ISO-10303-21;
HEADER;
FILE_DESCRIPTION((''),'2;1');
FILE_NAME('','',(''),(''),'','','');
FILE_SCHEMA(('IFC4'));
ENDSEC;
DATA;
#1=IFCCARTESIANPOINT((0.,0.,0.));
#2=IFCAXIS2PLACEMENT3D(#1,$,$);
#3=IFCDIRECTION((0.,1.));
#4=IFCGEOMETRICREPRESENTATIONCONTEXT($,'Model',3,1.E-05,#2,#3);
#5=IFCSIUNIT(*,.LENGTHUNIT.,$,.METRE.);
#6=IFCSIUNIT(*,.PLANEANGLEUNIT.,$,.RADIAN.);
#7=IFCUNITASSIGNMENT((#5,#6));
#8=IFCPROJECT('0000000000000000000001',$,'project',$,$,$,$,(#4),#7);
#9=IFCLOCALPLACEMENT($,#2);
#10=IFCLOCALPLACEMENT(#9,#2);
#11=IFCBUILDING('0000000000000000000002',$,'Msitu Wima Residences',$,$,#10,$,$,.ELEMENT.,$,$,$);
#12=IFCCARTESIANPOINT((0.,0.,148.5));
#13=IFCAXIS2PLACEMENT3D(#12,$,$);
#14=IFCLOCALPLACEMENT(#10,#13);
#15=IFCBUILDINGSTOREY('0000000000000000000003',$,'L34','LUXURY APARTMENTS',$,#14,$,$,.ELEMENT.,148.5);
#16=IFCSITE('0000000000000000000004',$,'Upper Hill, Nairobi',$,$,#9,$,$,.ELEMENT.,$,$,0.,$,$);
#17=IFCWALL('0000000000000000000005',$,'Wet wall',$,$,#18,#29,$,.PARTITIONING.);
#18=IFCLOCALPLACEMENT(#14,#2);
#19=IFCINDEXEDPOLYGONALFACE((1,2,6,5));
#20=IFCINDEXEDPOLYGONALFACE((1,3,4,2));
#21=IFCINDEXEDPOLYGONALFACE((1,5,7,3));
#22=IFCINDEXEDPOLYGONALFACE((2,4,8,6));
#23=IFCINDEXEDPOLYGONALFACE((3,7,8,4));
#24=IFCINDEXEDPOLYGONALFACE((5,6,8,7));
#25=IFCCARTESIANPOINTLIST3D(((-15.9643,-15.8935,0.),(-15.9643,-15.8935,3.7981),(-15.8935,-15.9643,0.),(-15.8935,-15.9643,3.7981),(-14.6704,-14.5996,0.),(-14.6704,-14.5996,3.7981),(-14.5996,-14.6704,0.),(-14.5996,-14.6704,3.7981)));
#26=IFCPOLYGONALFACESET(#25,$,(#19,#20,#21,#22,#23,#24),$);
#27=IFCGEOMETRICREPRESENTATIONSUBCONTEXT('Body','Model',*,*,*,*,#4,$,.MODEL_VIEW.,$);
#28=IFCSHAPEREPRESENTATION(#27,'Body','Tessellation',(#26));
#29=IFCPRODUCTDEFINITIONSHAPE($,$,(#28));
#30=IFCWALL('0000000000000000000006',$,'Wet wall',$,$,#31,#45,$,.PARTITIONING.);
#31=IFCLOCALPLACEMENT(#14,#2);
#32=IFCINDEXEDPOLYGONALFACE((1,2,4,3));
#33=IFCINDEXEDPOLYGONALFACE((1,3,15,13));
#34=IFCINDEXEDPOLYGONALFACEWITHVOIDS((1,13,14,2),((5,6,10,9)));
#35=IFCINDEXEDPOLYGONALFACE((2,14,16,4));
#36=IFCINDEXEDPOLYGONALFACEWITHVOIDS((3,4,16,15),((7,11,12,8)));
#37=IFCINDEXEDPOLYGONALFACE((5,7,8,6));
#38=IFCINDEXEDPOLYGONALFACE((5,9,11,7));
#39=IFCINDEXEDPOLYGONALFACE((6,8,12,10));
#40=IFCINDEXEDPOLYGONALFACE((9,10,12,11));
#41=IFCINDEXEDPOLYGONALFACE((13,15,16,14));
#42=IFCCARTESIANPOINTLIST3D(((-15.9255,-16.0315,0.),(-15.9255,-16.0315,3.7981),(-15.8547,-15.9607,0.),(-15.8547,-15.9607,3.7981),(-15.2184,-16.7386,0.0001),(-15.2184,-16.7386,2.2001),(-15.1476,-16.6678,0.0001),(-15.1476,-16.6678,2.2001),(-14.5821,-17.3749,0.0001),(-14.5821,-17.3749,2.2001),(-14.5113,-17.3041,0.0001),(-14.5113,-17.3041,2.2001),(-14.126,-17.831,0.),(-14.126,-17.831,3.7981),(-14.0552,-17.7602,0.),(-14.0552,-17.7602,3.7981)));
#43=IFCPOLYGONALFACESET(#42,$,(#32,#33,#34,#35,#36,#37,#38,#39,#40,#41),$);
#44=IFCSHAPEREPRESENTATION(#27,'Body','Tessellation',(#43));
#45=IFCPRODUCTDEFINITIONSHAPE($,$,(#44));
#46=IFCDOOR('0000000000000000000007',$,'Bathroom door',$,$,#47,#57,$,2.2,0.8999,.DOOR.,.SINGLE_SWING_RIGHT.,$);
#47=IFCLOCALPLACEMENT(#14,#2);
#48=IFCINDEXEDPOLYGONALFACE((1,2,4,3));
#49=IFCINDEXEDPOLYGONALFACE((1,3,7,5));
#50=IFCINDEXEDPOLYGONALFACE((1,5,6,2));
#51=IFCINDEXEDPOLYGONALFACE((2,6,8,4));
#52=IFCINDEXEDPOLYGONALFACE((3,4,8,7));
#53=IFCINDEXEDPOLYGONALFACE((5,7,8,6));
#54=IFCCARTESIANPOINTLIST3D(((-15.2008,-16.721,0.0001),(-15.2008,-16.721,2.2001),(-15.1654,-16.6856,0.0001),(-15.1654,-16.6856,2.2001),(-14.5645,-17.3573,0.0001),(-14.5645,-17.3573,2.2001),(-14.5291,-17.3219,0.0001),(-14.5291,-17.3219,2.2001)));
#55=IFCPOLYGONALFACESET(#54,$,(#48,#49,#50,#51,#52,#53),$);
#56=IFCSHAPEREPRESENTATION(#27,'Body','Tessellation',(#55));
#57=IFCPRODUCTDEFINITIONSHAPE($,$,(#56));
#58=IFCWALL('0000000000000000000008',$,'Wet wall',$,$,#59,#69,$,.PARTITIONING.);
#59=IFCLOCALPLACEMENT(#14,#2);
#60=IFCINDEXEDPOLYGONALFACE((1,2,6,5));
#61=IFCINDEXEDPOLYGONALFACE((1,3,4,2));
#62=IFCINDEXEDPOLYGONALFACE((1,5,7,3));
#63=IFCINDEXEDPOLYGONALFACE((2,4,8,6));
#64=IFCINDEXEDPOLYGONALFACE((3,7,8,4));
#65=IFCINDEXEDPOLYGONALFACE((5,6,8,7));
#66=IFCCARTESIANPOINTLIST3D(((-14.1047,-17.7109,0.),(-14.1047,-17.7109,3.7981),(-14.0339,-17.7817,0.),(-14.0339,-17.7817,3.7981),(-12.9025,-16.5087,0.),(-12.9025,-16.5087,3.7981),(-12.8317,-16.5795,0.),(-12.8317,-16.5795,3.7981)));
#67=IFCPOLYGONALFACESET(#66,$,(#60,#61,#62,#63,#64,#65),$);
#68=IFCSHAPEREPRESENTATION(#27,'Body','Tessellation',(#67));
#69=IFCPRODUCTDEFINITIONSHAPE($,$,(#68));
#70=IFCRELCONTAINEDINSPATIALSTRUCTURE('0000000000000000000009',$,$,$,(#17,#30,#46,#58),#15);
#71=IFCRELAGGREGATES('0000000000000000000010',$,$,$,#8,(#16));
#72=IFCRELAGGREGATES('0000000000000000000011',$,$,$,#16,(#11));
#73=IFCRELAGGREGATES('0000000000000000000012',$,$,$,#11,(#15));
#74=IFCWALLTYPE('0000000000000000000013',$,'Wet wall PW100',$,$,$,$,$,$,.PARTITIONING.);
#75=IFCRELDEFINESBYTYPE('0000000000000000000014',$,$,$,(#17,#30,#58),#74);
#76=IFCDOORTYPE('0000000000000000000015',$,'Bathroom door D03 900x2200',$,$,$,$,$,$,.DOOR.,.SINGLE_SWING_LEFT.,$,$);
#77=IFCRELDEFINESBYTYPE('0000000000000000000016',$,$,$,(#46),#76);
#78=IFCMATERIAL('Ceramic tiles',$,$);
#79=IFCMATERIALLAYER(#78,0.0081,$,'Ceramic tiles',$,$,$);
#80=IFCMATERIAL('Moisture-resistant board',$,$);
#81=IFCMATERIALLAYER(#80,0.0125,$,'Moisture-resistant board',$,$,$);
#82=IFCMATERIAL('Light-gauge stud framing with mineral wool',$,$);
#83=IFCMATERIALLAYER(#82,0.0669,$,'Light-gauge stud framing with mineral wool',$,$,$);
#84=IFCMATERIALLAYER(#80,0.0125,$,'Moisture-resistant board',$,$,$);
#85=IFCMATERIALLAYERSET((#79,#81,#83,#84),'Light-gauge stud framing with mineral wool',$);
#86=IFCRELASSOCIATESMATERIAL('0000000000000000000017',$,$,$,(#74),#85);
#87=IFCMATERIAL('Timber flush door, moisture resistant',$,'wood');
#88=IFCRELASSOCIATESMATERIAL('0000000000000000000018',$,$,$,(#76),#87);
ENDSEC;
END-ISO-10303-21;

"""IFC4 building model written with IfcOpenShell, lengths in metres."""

from ifc_helpers import new_model, si_unit, direction, frame, frame_2d, origin, place, context, subcontext, project, spatial, rectangle, extrude, material, layer, layer_set, type_object, element, fill, save


model = new_model("IFC4")

# Units and contexts
model_context = context("Model", 3, precision=1e-05, world=origin(), true_north=direction((0.0, 1.0)))
body_context = subcontext(model_context, "Body", "Model", "MODEL_VIEW")
ifc_project = project(units=[si_unit("LENGTHUNIT", "METRE"), si_unit("PLANEANGLEUNIT", "RADIAN")], contexts=[model_context])

# Site, building, storey
site_placement = place(None, origin())
site = spatial("IfcSite", under=ifc_project, at=site_placement, Name="Upper Hill, Nairobi", CompositionType="ELEMENT", RefElevation=0.0)
building_placement = place(site_placement, origin())
building = spatial("IfcBuilding", under=site, at=building_placement, Name="Msitu Wima Residences", CompositionType="ELEMENT")
storey_placement = place(building_placement, frame((0.0, 0.0, 148.5)))
storey = spatial("IfcBuildingStorey", under=building, at=storey_placement, Name="L34", Description="LUXURY APARTMENTS", CompositionType="ELEMENT", Elevation=148.5)

# Wall
ifc_material_1 = material(Name="Ceramic tiles")
ifc_layer_1 = layer(ifc_material_1, 0.0081, Name="Ceramic tiles")
ifc_material_2 = material(Name="Moisture-resistant board")
ifc_layer_2 = layer(ifc_material_2, 0.0125, Name="Moisture-resistant board")
ifc_material_3 = material(Name="Light-gauge stud framing with mineral wool")
ifc_layer_3 = layer(ifc_material_3, 0.0669, Name="Light-gauge stud framing with mineral wool")
ifc_layer_4 = layer(ifc_material_2, 0.0125, Name="Moisture-resistant board")
ifc_layer_set_1 = layer_set([ifc_layer_1, ifc_layer_2, ifc_layer_3, ifc_layer_4], Name="Light-gauge stud framing with mineral wool")
wall_type_1 = type_object("IfcWallType", Name="Wet wall PW100", PredefinedType="PARTITIONING", material=ifc_layer_set_1)
wall_1_placement = place(storey_placement, frame((-15.929, -15.929, 0.0), z_axis=(0.0, 0.0, 1.0), x_axis=(0.707107, 0.707107, 0.0)))
element("IfcWall", 1, at=wall_1_placement, inside=storey, type_object=wall_type_1, Name="Wet wall", PredefinedType="PARTITIONING", context=body_context, shape_type="SweptSolid", body=[
    extrude(rectangle(XDim=1.8298, YDim=0.1001, at=frame_2d((0.915, 0.0))), origin(), (0.0, 0.0, 1.0), 3.7981),
])

# Wall, opening, door
wall_2_placement = place(storey_placement, frame((-15.8901, -15.9961, 0.0), z_axis=(0.0, 0.0, 1.0), x_axis=(0.707107, -0.707107, 0.0)))
wall_2 = element("IfcWall", 2, at=wall_2_placement, inside=storey, type_object=wall_type_1, Name="Wet wall", PredefinedType="PARTITIONING", context=body_context, shape_type="SweptSolid", body=[
    extrude(rectangle(XDim=2.5449, YDim=0.1001, at=frame_2d((1.2725, 0.0))), origin(), (0.0, 0.0, 1.0), 3.7981),
])
opening_1_placement = place(wall_2_placement, frame((1.0, 0.0, 0.0)))
opening_1 = element("IfcOpeningElement", 3, at=opening_1_placement, cuts=wall_2, PredefinedType="OPENING", context=body_context, shape_type="SweptSolid", body=[
    extrude(rectangle(XDim=0.8999, YDim=2.2, at=frame_2d((0.45, 1.1001))), frame((0.0, 0.0601, 0.0), z_axis=(0.0, -1.0, 0.0), x_axis=(1.0, 0.0, 0.0)), (0.0, 0.0, 1.0), 0.1201),
])
ifc_material_4 = material(Name="Timber flush door, moisture resistant", Category="wood")
door_type_1 = type_object("IfcDoorType", Name="Bathroom door D03 900x2200", OperationType="SINGLE_SWING_LEFT", PredefinedType="DOOR", material=ifc_material_4)
door_1_placement = place(opening_1_placement, origin())
door_1 = element("IfcDoor", 4, at=door_1_placement, inside=storey, type_object=door_type_1, Name="Bathroom door", OperationType="SINGLE_SWING_RIGHT", OverallHeight=2.2, OverallWidth=0.8999, PredefinedType="DOOR", context=body_context, shape_type="SweptSolid", body=[
    extrude(rectangle(XDim=0.8999, YDim=2.2, at=frame_2d((0.45, 1.1001))), frame((0.0, 0.0249, 0.0), z_axis=(0.0, -1.0, 0.0), x_axis=(1.0, 0.0, 0.0)), (0.0, 0.0, 1.0), 0.05),
])
fill(opening_1, door_1)

# Wall
wall_3_placement = place(storey_placement, frame((-14.0693, -17.7463, 0.0), z_axis=(0.0, 0.0, 1.0), x_axis=(0.707107, 0.707107, 0.0)))
element("IfcWall", 5, at=wall_3_placement, inside=storey, type_object=wall_type_1, Name="Wet wall", PredefinedType="PARTITIONING", context=body_context, shape_type="SweptSolid", body=[
    extrude(rectangle(XDim=1.7002, YDim=0.1001, at=frame_2d((0.8501, 0.0))), origin(), (0.0, 0.0, 1.0), 3.7981),
])

save(model, "model.ifc")
